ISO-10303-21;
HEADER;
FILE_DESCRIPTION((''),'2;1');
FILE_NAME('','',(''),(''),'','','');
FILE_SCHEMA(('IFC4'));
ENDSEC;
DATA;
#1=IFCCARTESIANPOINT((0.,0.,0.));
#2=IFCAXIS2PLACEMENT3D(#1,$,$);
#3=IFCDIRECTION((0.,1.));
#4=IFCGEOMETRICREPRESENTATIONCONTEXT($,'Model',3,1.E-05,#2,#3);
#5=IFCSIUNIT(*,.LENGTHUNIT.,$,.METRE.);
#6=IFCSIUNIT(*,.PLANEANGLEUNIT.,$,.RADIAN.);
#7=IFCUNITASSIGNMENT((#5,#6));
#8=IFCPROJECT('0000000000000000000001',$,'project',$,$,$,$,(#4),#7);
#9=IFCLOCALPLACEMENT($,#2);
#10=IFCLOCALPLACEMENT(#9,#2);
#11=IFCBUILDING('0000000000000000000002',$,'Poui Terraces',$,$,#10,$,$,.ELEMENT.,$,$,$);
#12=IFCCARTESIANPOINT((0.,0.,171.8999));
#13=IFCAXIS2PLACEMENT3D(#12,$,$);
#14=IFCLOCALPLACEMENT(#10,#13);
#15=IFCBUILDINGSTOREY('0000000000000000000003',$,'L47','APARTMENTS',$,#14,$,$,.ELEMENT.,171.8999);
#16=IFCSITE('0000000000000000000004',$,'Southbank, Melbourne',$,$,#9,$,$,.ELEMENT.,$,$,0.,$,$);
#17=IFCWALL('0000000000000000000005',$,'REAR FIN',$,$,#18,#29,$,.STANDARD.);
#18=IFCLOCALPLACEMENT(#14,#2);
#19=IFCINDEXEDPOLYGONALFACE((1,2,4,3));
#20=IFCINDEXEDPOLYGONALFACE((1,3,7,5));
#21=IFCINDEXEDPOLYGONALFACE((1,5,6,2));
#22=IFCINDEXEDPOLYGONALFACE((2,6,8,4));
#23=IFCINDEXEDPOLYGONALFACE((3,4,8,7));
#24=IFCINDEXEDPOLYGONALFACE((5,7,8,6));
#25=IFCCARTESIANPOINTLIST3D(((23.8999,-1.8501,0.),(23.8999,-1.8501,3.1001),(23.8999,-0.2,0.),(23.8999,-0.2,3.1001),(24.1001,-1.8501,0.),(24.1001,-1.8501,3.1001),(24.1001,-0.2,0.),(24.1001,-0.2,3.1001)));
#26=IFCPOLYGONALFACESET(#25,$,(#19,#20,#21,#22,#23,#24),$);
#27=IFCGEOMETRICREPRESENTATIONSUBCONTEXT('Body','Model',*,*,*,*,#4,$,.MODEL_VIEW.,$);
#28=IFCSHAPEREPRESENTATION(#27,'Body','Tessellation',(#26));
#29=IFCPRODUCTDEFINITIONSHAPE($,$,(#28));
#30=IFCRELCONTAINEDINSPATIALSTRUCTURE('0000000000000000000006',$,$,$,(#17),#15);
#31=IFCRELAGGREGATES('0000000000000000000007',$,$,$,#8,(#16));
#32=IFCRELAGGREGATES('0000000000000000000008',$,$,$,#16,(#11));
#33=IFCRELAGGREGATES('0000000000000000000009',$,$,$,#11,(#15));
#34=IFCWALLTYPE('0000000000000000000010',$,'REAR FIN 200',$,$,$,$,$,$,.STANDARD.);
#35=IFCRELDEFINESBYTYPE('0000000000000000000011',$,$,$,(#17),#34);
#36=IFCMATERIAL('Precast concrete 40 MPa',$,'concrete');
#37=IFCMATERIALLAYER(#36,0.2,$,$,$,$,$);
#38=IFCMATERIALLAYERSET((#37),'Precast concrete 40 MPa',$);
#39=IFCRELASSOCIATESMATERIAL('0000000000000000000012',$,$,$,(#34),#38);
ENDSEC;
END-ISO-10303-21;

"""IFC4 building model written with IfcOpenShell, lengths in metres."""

from ifc_helpers import new_model, si_unit, direction, frame, origin, place, context, subcontext, project, spatial, polyline, outline, extrude, source, transform, mapped, material, layer, layer_set, type_object, element, save


model = new_model("IFC4")

# Units and contexts
model_context = context("Model", 3, precision=1e-05, world=origin(), true_north=direction((0.0, 1.0)))
body_context = subcontext(model_context, "Body", "Model", "MODEL_VIEW")
ifc_project = project(units=[si_unit("LENGTHUNIT", "METRE"), si_unit("PLANEANGLEUNIT", "RADIAN")], contexts=[model_context])

# Site, building, storey
site_placement = place(None, origin())
site = spatial("IfcSite", under=ifc_project, at=site_placement, Name="Southbank, Melbourne", CompositionType="ELEMENT", RefElevation=0.0)
building_placement = place(site_placement, origin())
building = spatial("IfcBuilding", under=site, at=building_placement, Name="Poui Terraces", CompositionType="ELEMENT")
storey_placement = place(building_placement, frame((0.0, 0.0, 171.8999)))
storey = spatial("IfcBuildingStorey", under=building, at=storey_placement, Name="L47", Description="APARTMENTS", CompositionType="ELEMENT", Elevation=171.8999)

# Wall
ifc_material = material(Name="Precast concrete 40 MPa", Category="concrete")
ifc_layer = layer(ifc_material, 0.2)
ifc_layer_set = layer_set([ifc_layer], Name="Precast concrete 40 MPa")
wall_type = type_object("IfcWallType", Name="REAR FIN 200", PredefinedType="STANDARD", material=ifc_layer_set)
shared_shape = source(origin(), body_context, "Body", "SweptSolid", [
    extrude(outline(polyline([(0.0, 0.0), (0.2002, 0.0), (0.2002, 1.6501), (0.0, 1.6501), (0.0, 0.0)])), origin(), (0.0, 0.0, 1.0), 3.1001),
])
wall_placement = place(storey_placement, frame((23.8999, -1.8501, 0.0)))
element("IfcWall", 1, at=wall_placement, inside=storey, type_object=wall_type, Name="REAR FIN", PredefinedType="STANDARD", context=body_context, shape_type="MappedRepresentation", body=[
    mapped(shared_shape, transform((0.0, 0.0, 0.0))),
])

save(model, "model.ifc")
